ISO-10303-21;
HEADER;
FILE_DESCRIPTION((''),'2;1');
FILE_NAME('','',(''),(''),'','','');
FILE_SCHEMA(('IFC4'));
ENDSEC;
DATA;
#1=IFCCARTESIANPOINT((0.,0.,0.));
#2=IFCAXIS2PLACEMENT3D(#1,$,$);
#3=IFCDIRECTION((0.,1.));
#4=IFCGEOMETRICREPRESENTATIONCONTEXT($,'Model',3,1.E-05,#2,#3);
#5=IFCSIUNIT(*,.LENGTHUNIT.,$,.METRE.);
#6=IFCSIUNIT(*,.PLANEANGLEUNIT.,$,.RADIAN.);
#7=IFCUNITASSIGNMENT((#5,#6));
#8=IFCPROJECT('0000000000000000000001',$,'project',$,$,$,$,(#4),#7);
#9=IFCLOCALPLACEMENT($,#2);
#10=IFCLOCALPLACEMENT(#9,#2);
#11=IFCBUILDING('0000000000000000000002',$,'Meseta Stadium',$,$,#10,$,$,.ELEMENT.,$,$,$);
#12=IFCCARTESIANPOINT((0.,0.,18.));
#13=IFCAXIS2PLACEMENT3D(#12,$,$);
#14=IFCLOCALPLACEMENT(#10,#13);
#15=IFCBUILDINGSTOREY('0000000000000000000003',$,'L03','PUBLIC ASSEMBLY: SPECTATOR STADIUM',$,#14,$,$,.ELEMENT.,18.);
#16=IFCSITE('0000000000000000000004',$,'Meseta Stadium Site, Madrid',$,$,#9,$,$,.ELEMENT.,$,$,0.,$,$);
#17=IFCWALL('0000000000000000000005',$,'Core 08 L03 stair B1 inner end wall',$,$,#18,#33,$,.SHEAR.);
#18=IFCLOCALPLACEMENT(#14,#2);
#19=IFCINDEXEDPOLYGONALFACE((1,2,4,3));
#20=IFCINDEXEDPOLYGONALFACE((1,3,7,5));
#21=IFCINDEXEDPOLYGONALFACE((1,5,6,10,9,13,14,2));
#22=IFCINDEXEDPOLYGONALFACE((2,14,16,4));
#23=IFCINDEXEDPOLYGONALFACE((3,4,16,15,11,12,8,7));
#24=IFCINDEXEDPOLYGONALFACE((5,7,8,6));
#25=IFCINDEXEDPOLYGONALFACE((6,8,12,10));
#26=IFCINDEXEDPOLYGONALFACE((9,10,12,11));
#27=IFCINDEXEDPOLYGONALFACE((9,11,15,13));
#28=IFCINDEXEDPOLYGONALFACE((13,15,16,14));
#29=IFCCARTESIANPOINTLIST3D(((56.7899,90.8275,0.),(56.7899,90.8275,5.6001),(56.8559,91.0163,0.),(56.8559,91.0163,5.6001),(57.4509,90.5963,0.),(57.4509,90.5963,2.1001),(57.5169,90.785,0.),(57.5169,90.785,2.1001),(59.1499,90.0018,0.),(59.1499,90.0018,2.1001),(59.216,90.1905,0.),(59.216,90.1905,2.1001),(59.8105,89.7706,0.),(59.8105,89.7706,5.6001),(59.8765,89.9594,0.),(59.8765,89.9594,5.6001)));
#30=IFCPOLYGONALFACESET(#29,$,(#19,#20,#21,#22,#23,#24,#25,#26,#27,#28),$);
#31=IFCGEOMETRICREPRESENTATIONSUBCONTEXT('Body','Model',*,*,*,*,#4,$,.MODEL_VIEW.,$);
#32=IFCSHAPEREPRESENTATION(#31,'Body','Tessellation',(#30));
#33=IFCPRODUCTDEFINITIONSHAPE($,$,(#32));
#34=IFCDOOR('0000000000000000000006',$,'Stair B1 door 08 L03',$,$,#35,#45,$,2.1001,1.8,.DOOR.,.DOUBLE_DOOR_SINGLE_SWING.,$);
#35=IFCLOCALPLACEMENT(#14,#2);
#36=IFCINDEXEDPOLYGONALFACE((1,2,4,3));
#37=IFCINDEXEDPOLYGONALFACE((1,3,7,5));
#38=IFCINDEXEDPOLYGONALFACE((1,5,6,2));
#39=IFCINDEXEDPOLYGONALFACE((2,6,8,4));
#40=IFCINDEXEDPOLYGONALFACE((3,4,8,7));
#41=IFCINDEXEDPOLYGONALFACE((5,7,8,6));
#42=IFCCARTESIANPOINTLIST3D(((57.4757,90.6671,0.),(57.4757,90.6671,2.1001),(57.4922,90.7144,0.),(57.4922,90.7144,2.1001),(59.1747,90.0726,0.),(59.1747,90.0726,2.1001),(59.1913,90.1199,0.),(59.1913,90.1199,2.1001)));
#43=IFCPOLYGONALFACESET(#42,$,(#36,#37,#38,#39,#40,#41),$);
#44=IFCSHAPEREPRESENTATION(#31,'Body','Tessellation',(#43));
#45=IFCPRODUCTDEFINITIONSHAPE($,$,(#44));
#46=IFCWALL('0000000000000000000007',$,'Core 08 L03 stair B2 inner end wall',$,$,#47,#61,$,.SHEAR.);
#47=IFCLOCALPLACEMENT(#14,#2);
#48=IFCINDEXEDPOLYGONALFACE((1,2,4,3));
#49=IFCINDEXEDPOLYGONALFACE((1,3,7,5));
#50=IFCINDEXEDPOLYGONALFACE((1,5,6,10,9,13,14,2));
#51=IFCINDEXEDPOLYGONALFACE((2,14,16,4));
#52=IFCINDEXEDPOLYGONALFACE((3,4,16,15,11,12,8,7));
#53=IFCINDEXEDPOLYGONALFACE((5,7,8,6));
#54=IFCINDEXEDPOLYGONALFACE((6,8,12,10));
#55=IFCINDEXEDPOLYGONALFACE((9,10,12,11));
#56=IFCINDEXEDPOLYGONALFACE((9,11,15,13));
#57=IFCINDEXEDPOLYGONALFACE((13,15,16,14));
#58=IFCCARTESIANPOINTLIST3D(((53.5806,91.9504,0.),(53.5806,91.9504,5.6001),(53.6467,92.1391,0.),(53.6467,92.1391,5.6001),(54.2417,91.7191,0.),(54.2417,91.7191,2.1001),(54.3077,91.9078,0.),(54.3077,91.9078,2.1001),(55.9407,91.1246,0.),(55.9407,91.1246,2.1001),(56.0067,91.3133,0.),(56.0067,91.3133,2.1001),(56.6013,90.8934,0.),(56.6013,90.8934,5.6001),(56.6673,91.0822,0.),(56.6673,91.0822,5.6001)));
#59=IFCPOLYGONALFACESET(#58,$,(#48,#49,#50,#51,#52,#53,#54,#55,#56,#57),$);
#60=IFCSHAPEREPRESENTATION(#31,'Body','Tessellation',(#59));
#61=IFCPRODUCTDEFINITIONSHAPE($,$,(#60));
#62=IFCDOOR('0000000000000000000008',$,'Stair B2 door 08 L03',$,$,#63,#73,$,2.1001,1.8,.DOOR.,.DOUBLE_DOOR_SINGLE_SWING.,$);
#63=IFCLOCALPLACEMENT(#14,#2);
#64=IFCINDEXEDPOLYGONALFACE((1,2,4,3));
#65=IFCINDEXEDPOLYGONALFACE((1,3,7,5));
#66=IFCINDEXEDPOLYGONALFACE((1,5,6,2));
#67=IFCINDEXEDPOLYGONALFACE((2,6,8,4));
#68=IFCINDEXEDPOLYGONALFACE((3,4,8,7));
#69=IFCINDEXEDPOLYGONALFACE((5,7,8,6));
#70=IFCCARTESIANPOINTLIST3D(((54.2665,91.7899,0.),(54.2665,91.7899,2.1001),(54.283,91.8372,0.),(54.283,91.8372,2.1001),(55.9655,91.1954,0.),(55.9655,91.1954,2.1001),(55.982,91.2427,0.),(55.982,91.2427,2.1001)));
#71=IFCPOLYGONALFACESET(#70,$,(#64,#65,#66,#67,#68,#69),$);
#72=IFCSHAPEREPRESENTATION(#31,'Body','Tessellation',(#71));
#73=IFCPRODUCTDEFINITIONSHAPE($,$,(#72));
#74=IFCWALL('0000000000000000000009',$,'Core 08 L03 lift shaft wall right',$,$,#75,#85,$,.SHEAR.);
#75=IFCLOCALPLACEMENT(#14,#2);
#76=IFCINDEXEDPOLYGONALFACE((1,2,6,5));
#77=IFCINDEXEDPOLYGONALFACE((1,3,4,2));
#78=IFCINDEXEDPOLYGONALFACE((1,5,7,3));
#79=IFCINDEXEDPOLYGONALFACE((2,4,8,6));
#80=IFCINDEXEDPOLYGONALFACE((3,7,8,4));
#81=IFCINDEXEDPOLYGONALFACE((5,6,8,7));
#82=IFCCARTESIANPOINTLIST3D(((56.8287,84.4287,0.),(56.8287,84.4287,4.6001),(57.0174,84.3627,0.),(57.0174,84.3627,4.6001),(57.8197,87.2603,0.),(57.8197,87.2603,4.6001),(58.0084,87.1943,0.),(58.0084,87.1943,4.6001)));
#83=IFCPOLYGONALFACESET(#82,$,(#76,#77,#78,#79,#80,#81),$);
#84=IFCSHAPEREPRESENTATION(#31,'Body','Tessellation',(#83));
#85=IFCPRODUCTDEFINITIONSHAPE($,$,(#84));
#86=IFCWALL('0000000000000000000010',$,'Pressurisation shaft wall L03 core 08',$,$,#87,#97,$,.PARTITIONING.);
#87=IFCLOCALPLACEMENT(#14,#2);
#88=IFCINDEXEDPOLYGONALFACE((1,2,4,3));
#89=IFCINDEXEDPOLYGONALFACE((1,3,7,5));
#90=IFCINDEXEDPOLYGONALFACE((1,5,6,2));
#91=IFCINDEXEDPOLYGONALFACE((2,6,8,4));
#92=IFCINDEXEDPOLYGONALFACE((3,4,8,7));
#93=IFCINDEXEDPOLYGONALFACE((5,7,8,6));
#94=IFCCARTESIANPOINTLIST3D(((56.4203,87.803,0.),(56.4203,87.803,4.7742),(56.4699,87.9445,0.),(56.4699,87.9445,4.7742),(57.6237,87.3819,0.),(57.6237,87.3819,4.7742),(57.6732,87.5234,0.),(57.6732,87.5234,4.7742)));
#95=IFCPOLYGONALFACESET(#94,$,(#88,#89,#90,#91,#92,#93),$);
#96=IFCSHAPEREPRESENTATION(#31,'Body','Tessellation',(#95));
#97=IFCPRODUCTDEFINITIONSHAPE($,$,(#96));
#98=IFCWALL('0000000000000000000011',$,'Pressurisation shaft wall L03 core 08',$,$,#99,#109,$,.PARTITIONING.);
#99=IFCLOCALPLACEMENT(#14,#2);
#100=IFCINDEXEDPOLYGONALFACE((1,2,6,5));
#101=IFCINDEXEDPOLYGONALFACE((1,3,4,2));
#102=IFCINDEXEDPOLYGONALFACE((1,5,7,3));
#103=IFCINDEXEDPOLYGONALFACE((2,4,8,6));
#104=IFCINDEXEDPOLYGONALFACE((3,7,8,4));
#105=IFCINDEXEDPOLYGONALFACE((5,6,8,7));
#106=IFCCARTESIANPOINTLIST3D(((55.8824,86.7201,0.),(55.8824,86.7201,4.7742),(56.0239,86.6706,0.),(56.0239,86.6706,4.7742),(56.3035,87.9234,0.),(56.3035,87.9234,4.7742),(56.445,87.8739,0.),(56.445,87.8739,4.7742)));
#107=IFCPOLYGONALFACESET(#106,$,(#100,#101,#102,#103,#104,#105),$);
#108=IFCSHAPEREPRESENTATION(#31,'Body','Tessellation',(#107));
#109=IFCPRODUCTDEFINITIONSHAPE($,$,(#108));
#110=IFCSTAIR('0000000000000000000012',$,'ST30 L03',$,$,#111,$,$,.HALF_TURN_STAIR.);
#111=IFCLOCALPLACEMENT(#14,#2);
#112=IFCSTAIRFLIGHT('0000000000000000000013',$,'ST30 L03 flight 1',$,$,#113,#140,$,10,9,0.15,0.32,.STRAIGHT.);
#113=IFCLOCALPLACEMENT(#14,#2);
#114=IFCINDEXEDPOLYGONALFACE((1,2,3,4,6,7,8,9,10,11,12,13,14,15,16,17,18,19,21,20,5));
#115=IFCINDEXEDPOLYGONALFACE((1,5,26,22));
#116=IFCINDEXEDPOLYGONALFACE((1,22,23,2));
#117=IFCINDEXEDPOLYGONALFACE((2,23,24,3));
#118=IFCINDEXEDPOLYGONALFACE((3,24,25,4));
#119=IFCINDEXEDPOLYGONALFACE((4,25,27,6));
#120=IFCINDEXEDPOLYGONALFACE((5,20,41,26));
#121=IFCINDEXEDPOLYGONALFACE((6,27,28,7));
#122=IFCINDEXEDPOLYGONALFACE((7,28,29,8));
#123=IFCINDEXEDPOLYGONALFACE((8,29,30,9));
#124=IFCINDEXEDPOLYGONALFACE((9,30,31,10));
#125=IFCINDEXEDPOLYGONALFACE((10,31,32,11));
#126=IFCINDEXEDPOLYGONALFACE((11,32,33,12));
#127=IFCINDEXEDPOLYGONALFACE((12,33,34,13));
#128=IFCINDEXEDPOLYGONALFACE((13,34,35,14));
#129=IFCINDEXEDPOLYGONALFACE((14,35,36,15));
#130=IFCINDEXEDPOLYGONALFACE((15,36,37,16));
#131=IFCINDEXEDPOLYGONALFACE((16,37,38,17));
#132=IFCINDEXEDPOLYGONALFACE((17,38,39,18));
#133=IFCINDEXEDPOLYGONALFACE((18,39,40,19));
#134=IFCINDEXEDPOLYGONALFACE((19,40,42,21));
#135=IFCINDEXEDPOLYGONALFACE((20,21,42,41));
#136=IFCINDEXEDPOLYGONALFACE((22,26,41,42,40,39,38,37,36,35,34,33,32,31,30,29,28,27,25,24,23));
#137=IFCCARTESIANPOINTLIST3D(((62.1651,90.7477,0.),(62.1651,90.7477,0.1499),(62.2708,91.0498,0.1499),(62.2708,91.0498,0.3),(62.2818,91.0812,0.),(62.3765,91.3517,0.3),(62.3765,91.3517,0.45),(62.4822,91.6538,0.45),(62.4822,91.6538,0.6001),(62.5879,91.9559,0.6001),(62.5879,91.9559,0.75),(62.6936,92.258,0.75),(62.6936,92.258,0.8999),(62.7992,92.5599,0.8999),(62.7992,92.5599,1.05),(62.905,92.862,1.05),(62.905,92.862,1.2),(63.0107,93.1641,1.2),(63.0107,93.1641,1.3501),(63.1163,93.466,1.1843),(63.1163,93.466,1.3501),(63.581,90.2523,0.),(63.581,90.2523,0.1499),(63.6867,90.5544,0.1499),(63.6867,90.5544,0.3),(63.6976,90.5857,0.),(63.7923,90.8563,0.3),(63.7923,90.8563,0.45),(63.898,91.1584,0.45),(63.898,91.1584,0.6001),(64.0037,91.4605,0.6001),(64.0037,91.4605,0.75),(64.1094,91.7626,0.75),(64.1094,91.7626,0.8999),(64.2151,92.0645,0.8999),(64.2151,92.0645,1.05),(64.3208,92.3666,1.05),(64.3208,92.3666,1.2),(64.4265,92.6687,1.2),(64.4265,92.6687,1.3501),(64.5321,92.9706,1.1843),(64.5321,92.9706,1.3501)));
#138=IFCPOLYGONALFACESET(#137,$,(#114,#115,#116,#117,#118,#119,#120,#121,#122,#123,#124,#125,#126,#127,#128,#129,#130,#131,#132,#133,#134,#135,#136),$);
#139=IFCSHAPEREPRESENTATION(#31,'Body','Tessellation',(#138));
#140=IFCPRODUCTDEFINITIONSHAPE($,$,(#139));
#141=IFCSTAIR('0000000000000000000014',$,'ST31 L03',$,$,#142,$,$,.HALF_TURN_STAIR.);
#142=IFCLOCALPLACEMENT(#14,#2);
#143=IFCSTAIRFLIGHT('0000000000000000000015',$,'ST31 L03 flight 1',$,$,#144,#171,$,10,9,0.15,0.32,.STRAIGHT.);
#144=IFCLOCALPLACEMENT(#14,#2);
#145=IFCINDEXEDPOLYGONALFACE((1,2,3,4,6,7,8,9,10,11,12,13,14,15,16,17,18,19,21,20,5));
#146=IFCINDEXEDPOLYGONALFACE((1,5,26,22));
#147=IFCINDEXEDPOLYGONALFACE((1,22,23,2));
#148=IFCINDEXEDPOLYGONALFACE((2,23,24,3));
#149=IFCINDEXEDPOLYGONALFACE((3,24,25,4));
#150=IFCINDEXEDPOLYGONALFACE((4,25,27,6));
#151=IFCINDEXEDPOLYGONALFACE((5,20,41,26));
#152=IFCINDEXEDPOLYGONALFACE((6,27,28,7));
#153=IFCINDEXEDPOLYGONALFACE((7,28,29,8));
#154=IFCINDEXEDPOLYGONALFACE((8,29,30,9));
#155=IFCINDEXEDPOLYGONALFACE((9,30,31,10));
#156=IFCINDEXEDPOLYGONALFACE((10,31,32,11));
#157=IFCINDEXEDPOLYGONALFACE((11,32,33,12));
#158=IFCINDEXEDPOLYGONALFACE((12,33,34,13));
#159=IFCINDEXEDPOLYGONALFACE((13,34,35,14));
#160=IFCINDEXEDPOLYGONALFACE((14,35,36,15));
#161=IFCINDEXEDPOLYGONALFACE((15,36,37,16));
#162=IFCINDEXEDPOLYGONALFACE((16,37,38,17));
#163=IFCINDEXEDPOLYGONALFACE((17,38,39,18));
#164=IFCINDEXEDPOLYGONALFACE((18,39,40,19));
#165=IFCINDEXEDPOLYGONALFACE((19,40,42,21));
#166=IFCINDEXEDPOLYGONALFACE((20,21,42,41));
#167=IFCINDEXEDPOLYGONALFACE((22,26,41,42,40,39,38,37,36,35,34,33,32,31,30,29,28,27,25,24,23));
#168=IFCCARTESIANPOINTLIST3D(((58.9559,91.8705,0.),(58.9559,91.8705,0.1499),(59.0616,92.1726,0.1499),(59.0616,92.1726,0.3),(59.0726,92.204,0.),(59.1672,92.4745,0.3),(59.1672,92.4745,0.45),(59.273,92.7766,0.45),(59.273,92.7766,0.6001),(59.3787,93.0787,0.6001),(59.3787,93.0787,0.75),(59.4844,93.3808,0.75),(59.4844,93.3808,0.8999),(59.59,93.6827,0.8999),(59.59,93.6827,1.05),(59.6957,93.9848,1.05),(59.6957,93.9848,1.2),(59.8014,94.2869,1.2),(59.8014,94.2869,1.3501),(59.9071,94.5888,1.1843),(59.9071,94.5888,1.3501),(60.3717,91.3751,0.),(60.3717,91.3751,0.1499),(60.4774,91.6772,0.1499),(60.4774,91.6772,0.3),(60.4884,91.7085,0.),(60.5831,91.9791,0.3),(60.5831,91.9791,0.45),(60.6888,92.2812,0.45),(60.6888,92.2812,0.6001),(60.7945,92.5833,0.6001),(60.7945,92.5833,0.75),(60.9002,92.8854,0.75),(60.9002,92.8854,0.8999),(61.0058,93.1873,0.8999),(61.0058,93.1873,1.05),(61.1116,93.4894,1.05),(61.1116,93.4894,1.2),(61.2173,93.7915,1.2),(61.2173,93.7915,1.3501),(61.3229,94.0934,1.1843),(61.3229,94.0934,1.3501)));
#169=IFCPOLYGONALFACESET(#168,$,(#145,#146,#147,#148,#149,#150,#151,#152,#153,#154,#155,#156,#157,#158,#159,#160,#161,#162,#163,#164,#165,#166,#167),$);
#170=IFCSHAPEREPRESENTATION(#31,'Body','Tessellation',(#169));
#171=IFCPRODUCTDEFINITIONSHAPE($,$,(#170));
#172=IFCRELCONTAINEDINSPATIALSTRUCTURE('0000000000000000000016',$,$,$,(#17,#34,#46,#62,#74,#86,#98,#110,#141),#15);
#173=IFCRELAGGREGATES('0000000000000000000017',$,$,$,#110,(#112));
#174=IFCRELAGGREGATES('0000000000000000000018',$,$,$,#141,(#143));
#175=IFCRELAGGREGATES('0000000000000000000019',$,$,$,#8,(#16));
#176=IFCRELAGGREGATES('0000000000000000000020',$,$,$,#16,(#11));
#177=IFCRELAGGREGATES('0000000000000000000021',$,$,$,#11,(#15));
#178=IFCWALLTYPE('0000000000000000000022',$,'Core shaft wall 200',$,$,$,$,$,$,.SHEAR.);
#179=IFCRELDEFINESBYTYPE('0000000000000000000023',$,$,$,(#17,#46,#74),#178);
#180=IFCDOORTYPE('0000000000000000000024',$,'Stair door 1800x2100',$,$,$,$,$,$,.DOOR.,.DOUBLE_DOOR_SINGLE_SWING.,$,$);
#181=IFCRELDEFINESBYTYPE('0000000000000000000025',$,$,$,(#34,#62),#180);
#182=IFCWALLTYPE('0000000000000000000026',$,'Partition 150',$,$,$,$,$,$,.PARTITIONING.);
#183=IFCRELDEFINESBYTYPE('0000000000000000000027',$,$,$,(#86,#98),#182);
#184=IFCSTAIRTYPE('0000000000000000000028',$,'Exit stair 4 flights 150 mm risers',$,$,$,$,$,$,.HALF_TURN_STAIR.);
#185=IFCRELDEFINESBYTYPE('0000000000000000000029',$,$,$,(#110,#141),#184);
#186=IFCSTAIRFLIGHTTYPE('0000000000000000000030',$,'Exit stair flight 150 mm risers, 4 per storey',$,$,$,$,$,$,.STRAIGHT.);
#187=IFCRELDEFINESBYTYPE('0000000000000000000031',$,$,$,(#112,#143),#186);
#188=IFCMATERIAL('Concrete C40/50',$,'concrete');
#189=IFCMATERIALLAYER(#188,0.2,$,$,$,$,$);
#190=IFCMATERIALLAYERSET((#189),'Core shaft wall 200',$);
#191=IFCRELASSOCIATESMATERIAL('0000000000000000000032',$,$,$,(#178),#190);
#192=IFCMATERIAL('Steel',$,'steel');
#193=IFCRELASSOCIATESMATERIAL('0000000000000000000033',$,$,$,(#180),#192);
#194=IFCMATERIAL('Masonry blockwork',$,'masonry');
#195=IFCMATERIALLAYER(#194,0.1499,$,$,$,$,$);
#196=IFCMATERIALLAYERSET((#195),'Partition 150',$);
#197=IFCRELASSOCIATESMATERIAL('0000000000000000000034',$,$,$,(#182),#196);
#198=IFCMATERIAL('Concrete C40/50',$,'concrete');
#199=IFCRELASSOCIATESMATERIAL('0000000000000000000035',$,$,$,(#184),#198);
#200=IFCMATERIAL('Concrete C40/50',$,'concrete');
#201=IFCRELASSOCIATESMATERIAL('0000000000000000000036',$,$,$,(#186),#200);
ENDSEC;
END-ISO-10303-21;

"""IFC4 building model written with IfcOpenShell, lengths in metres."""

from ifc_helpers import new_model, si_unit, direction, frame, frame_2d, origin, place, context, subcontext, project, spatial, polyline, rectangle, outline, extrude, material, layer, layer_set, type_object, element, fill, aggregate, save


model = new_model("IFC4")

# Units and contexts
model_context = context("Model", 3, precision=1e-05, world=origin(), true_north=direction((0.0, 1.0)))
body_context = subcontext(model_context, "Body", "Model", "MODEL_VIEW")
ifc_project = project(units=[si_unit("LENGTHUNIT", "METRE"), si_unit("PLANEANGLEUNIT", "RADIAN")], contexts=[model_context])

# Site, building, storey
site_placement = place(None, origin())
site = spatial("IfcSite", under=ifc_project, at=site_placement, Name="Meseta Stadium Site, Madrid", CompositionType="ELEMENT", RefElevation=0.0)
building_placement = place(site_placement, origin())
building = spatial("IfcBuilding", under=site, at=building_placement, Name="Meseta Stadium", CompositionType="ELEMENT")
storey_placement = place(building_placement, frame((0.0, 0.0, 18.0)))
storey = spatial("IfcBuildingStorey", under=building, at=storey_placement, Name="L03", Description="PUBLIC ASSEMBLY: SPECTATOR STADIUM", CompositionType="ELEMENT", Elevation=18.0)

# Walls, openings, doors
ifc_material_1 = material(Name="Concrete C40/50", Category="concrete")
ifc_layer_1 = layer(ifc_material_1, 0.2)
ifc_layer_set_1 = layer_set([ifc_layer_1], Name="Core shaft wall 200")
wall_type_1 = type_object("IfcWallType", Name="Core shaft wall 200", PredefinedType="SHEAR", material=ifc_layer_set_1)
wall_1_placement = place(storey_placement, frame((59.8435, 89.865, 0.0), z_axis=(0.0, 0.0, 1.0), x_axis=(-0.943887, 0.330269, 0.0)))
wall_1 = element("IfcWall", 1, at=wall_1_placement, inside=storey, type_object=wall_type_1, Name="Core 08 L03 stair B1 inner end wall", PredefinedType="SHEAR", context=body_context, shape_type="SweptSolid", body=[
    extrude(rectangle(XDim=3.2002, YDim=0.2, at=frame_2d((1.6001, 0.0))), origin(), (0.0, 0.0, 1.0), 5.6001),
])
opening_1_placement = place(wall_1_placement, frame((0.7, 0.0, 0.0)))
opening_1 = element("IfcOpeningElement", 2, at=opening_1_placement, cuts=wall_1, PredefinedType="OPENING", context=body_context, shape_type="SweptSolid", body=[
    extrude(rectangle(XDim=1.8, YDim=2.1001, at=frame_2d((0.8999, 1.05))), frame((0.0, 0.1099, 0.0), z_axis=(0.0, -1.0, 0.0), x_axis=(1.0, 0.0, 0.0)), (0.0, 0.0, 1.0), 0.22),
])
ifc_material_2 = material(Name="Steel", Category="steel")
door_type = type_object("IfcDoorType", Name="Stair door 1800x2100", OperationType="DOUBLE_DOOR_SINGLE_SWING", PredefinedType="DOOR", material=ifc_material_2)
door_1_placement = place(opening_1_placement, origin())
door_1 = element("IfcDoor", 3, at=door_1_placement, inside=storey, type_object=door_type, Name="Stair B1 door 08 L03", OperationType="DOUBLE_DOOR_SINGLE_SWING", OverallHeight=2.1001, OverallWidth=1.8, PredefinedType="DOOR", context=body_context, shape_type="SweptSolid", body=[
    extrude(rectangle(XDim=1.8, YDim=2.1001, at=frame_2d((0.8999, 1.05))), frame((0.0, 0.0249, 0.0), z_axis=(0.0, -1.0, 0.0), x_axis=(1.0, 0.0, 0.0)), (0.0, 0.0, 1.0), 0.05),
])
fill(opening_1, door_1)
wall_2_placement = place(storey_placement, frame((56.6343, 90.9878, 0.0), z_axis=(0.0, 0.0, 1.0), x_axis=(-0.943887, 0.330269, 0.0)))
wall_2 = element("IfcWall", 4, at=wall_2_placement, inside=storey, type_object=wall_type_1, Name="Core 08 L03 stair B2 inner end wall", PredefinedType="SHEAR", context=body_context, shape_type="SweptSolid", body=[
    extrude(rectangle(XDim=3.2002, YDim=0.2, at=frame_2d((1.6001, 0.0))), origin(), (0.0, 0.0, 1.0), 5.6001),
])
opening_2_placement = place(wall_2_placement, frame((0.7, 0.0, 0.0)))
opening_2 = element("IfcOpeningElement", 5, at=opening_2_placement, cuts=wall_2, PredefinedType="OPENING", context=body_context, shape_type="SweptSolid", body=[
    extrude(rectangle(XDim=1.8, YDim=2.1001, at=frame_2d((0.8999, 1.05))), frame((0.0, 0.1099, 0.0), z_axis=(0.0, -1.0, 0.0), x_axis=(1.0, 0.0, 0.0)), (0.0, 0.0, 1.0), 0.22),
])
door_2_placement = place(opening_2_placement, origin())
door_2 = element("IfcDoor", 6, at=door_2_placement, inside=storey, type_object=door_type, Name="Stair B2 door 08 L03", OperationType="DOUBLE_DOOR_SINGLE_SWING", OverallHeight=2.1001, OverallWidth=1.8, PredefinedType="DOOR", context=body_context, shape_type="SweptSolid", body=[
    extrude(rectangle(XDim=1.8, YDim=2.1001, at=frame_2d((0.8999, 1.05))), frame((0.0, 0.0249, 0.0), z_axis=(0.0, -1.0, 0.0), x_axis=(1.0, 0.0, 0.0)), (0.0, 0.0, 1.0), 0.05),
])
fill(opening_2, door_2)

# Walls
wall_3_placement = place(storey_placement, frame((57.9141, 87.2273, 0.0), z_axis=(0.0, 0.0, 1.0), x_axis=(-0.330329, -0.943866, 0.0)))
element("IfcWall", 7, at=wall_3_placement, inside=storey, type_object=wall_type_1, Name="Core 08 L03 lift shaft wall right", PredefinedType="SHEAR", context=body_context, shape_type="SweptSolid", body=[
    extrude(rectangle(XDim=3.0, YDim=0.2, at=frame_2d((1.5, 0.0))), origin(), (0.0, 0.0, 1.0), 4.6001),
])
ifc_material_3 = material(Name="Masonry blockwork", Category="masonry")
ifc_layer_2 = layer(ifc_material_3, 0.1499)
ifc_layer_set_2 = layer_set([ifc_layer_2], Name="Partition 150")
wall_type_2 = type_object("IfcWallType", Name="Partition 150", PredefinedType="PARTITIONING", material=ifc_layer_set_2)
for number, where, z_axis, x_axis, name in (
    (8, (57.6484, 87.4526, 0.0), (0.0, 0.0, 1.0), (-0.943867, 0.330325, 0.0), "Pressurisation shaft wall L03 core 08"),
    (9, (56.3743, 87.8987, 0.0), (0.0, 0.0, 1.0), (-0.330325, -0.943867, 0.0), "Pressurisation shaft wall L03 core 08"),
):
    element("IfcWall", number, at=place(storey_placement, frame(where, z_axis=z_axis, x_axis=x_axis)), inside=storey, type_object=wall_type_2, Name=name, PredefinedType="PARTITIONING", context=body_context, shape_type="SweptSolid", body=[
        extrude(rectangle(XDim=1.2749, YDim=0.1499, at=frame_2d((0.6375, 0.0))), origin(), (0.0, 0.0, 1.0), 4.7742),
    ])

# Stair, stair flight
ifc_material_4 = material(Name="Concrete C40/50", Category="concrete")
stair_type = type_object("IfcStairType", Name="Exit stair 4 flights 150 mm risers", PredefinedType="HALF_TURN_STAIR", material=ifc_material_4)
stair_1_placement = place(storey_placement, origin())
stair_1 = element("IfcStair", 10, at=stair_1_placement, inside=storey, type_object=stair_type, Name="ST30 L03", PredefinedType="HALF_TURN_STAIR")
ifc_material_5 = material(Name="Concrete C40/50", Category="concrete")
stair_flight_type = type_object("IfcStairFlightType", Name="Exit stair flight 150 mm risers, 4 per storey", PredefinedType="STRAIGHT", material=ifc_material_5)
stair_flight_1_placement = place(storey_placement, frame((62.873, 90.5, 0.0), z_axis=(0.0, 0.0, 1.0), x_axis=(0.330279, 0.943883, 0.0)))
stair_flight_1 = element("IfcStairFlight", 11, at=stair_flight_1_placement, type_object=stair_flight_type, Name="ST30 L03 flight 1", NumberOfRisers=10, NumberOfTreads=9, PredefinedType="STRAIGHT", RiserHeight=0.15, TreadLength=0.32, context=body_context, shape_type="SweptSolid", body=[
    extrude(outline(polyline([(0.0, 0.0), (0.0, 0.1499), (0.3201, 0.1499), (0.3201, 0.3), (0.6399, 0.3), (0.6399, 0.45), (0.96, 0.45), (0.96, 0.6001), (1.28, 0.6001), (1.28, 0.75), (1.6001, 0.75), (1.6001, 0.8999), (1.9199, 0.8999), (1.9199, 1.05), (2.24, 1.05), (2.24, 1.2), (2.5601, 1.2), (2.5601, 1.3501), (2.8799, 1.3501), (2.8799, 1.1843), (0.3533, 0.0), (0.0, 0.0)])), frame((0.0, 0.75, 0.0), z_axis=(0.0, -1.0, 0.0), x_axis=(1.0, 0.0, 0.0)), (0.0, 0.0, 1.0), 1.5),
])
aggregate(stair_1, [stair_flight_1])

# Stair, stair flight
stair_2_placement = place(storey_placement, origin())
stair_2 = element("IfcStair", 12, at=stair_2_placement, inside=storey, type_object=stair_type, Name="ST31 L03", PredefinedType="HALF_TURN_STAIR")
stair_flight_2_placement = place(storey_placement, frame((59.6638, 91.6228, 0.0), z_axis=(0.0, 0.0, 1.0), x_axis=(0.330279, 0.943883, 0.0)))
stair_flight_2 = element("IfcStairFlight", 13, at=stair_flight_2_placement, type_object=stair_flight_type, Name="ST31 L03 flight 1", NumberOfRisers=10, NumberOfTreads=9, PredefinedType="STRAIGHT", RiserHeight=0.15, TreadLength=0.32, context=body_context, shape_type="SweptSolid", body=[
    extrude(outline(polyline([(0.0, 0.0), (0.0, 0.1499), (0.3201, 0.1499), (0.3201, 0.3), (0.6399, 0.3), (0.6399, 0.45), (0.96, 0.45), (0.96, 0.6001), (1.28, 0.6001), (1.28, 0.75), (1.6001, 0.75), (1.6001, 0.8999), (1.9199, 0.8999), (1.9199, 1.05), (2.24, 1.05), (2.24, 1.2), (2.5601, 1.2), (2.5601, 1.3501), (2.8799, 1.3501), (2.8799, 1.1843), (0.3533, 0.0), (0.0, 0.0)])), frame((0.0, 0.75, 0.0), z_axis=(0.0, -1.0, 0.0), x_axis=(1.0, 0.0, 0.0)), (0.0, 0.0, 1.0), 1.5),
])
aggregate(stair_2, [stair_flight_2])

save(model, "model.ifc")
